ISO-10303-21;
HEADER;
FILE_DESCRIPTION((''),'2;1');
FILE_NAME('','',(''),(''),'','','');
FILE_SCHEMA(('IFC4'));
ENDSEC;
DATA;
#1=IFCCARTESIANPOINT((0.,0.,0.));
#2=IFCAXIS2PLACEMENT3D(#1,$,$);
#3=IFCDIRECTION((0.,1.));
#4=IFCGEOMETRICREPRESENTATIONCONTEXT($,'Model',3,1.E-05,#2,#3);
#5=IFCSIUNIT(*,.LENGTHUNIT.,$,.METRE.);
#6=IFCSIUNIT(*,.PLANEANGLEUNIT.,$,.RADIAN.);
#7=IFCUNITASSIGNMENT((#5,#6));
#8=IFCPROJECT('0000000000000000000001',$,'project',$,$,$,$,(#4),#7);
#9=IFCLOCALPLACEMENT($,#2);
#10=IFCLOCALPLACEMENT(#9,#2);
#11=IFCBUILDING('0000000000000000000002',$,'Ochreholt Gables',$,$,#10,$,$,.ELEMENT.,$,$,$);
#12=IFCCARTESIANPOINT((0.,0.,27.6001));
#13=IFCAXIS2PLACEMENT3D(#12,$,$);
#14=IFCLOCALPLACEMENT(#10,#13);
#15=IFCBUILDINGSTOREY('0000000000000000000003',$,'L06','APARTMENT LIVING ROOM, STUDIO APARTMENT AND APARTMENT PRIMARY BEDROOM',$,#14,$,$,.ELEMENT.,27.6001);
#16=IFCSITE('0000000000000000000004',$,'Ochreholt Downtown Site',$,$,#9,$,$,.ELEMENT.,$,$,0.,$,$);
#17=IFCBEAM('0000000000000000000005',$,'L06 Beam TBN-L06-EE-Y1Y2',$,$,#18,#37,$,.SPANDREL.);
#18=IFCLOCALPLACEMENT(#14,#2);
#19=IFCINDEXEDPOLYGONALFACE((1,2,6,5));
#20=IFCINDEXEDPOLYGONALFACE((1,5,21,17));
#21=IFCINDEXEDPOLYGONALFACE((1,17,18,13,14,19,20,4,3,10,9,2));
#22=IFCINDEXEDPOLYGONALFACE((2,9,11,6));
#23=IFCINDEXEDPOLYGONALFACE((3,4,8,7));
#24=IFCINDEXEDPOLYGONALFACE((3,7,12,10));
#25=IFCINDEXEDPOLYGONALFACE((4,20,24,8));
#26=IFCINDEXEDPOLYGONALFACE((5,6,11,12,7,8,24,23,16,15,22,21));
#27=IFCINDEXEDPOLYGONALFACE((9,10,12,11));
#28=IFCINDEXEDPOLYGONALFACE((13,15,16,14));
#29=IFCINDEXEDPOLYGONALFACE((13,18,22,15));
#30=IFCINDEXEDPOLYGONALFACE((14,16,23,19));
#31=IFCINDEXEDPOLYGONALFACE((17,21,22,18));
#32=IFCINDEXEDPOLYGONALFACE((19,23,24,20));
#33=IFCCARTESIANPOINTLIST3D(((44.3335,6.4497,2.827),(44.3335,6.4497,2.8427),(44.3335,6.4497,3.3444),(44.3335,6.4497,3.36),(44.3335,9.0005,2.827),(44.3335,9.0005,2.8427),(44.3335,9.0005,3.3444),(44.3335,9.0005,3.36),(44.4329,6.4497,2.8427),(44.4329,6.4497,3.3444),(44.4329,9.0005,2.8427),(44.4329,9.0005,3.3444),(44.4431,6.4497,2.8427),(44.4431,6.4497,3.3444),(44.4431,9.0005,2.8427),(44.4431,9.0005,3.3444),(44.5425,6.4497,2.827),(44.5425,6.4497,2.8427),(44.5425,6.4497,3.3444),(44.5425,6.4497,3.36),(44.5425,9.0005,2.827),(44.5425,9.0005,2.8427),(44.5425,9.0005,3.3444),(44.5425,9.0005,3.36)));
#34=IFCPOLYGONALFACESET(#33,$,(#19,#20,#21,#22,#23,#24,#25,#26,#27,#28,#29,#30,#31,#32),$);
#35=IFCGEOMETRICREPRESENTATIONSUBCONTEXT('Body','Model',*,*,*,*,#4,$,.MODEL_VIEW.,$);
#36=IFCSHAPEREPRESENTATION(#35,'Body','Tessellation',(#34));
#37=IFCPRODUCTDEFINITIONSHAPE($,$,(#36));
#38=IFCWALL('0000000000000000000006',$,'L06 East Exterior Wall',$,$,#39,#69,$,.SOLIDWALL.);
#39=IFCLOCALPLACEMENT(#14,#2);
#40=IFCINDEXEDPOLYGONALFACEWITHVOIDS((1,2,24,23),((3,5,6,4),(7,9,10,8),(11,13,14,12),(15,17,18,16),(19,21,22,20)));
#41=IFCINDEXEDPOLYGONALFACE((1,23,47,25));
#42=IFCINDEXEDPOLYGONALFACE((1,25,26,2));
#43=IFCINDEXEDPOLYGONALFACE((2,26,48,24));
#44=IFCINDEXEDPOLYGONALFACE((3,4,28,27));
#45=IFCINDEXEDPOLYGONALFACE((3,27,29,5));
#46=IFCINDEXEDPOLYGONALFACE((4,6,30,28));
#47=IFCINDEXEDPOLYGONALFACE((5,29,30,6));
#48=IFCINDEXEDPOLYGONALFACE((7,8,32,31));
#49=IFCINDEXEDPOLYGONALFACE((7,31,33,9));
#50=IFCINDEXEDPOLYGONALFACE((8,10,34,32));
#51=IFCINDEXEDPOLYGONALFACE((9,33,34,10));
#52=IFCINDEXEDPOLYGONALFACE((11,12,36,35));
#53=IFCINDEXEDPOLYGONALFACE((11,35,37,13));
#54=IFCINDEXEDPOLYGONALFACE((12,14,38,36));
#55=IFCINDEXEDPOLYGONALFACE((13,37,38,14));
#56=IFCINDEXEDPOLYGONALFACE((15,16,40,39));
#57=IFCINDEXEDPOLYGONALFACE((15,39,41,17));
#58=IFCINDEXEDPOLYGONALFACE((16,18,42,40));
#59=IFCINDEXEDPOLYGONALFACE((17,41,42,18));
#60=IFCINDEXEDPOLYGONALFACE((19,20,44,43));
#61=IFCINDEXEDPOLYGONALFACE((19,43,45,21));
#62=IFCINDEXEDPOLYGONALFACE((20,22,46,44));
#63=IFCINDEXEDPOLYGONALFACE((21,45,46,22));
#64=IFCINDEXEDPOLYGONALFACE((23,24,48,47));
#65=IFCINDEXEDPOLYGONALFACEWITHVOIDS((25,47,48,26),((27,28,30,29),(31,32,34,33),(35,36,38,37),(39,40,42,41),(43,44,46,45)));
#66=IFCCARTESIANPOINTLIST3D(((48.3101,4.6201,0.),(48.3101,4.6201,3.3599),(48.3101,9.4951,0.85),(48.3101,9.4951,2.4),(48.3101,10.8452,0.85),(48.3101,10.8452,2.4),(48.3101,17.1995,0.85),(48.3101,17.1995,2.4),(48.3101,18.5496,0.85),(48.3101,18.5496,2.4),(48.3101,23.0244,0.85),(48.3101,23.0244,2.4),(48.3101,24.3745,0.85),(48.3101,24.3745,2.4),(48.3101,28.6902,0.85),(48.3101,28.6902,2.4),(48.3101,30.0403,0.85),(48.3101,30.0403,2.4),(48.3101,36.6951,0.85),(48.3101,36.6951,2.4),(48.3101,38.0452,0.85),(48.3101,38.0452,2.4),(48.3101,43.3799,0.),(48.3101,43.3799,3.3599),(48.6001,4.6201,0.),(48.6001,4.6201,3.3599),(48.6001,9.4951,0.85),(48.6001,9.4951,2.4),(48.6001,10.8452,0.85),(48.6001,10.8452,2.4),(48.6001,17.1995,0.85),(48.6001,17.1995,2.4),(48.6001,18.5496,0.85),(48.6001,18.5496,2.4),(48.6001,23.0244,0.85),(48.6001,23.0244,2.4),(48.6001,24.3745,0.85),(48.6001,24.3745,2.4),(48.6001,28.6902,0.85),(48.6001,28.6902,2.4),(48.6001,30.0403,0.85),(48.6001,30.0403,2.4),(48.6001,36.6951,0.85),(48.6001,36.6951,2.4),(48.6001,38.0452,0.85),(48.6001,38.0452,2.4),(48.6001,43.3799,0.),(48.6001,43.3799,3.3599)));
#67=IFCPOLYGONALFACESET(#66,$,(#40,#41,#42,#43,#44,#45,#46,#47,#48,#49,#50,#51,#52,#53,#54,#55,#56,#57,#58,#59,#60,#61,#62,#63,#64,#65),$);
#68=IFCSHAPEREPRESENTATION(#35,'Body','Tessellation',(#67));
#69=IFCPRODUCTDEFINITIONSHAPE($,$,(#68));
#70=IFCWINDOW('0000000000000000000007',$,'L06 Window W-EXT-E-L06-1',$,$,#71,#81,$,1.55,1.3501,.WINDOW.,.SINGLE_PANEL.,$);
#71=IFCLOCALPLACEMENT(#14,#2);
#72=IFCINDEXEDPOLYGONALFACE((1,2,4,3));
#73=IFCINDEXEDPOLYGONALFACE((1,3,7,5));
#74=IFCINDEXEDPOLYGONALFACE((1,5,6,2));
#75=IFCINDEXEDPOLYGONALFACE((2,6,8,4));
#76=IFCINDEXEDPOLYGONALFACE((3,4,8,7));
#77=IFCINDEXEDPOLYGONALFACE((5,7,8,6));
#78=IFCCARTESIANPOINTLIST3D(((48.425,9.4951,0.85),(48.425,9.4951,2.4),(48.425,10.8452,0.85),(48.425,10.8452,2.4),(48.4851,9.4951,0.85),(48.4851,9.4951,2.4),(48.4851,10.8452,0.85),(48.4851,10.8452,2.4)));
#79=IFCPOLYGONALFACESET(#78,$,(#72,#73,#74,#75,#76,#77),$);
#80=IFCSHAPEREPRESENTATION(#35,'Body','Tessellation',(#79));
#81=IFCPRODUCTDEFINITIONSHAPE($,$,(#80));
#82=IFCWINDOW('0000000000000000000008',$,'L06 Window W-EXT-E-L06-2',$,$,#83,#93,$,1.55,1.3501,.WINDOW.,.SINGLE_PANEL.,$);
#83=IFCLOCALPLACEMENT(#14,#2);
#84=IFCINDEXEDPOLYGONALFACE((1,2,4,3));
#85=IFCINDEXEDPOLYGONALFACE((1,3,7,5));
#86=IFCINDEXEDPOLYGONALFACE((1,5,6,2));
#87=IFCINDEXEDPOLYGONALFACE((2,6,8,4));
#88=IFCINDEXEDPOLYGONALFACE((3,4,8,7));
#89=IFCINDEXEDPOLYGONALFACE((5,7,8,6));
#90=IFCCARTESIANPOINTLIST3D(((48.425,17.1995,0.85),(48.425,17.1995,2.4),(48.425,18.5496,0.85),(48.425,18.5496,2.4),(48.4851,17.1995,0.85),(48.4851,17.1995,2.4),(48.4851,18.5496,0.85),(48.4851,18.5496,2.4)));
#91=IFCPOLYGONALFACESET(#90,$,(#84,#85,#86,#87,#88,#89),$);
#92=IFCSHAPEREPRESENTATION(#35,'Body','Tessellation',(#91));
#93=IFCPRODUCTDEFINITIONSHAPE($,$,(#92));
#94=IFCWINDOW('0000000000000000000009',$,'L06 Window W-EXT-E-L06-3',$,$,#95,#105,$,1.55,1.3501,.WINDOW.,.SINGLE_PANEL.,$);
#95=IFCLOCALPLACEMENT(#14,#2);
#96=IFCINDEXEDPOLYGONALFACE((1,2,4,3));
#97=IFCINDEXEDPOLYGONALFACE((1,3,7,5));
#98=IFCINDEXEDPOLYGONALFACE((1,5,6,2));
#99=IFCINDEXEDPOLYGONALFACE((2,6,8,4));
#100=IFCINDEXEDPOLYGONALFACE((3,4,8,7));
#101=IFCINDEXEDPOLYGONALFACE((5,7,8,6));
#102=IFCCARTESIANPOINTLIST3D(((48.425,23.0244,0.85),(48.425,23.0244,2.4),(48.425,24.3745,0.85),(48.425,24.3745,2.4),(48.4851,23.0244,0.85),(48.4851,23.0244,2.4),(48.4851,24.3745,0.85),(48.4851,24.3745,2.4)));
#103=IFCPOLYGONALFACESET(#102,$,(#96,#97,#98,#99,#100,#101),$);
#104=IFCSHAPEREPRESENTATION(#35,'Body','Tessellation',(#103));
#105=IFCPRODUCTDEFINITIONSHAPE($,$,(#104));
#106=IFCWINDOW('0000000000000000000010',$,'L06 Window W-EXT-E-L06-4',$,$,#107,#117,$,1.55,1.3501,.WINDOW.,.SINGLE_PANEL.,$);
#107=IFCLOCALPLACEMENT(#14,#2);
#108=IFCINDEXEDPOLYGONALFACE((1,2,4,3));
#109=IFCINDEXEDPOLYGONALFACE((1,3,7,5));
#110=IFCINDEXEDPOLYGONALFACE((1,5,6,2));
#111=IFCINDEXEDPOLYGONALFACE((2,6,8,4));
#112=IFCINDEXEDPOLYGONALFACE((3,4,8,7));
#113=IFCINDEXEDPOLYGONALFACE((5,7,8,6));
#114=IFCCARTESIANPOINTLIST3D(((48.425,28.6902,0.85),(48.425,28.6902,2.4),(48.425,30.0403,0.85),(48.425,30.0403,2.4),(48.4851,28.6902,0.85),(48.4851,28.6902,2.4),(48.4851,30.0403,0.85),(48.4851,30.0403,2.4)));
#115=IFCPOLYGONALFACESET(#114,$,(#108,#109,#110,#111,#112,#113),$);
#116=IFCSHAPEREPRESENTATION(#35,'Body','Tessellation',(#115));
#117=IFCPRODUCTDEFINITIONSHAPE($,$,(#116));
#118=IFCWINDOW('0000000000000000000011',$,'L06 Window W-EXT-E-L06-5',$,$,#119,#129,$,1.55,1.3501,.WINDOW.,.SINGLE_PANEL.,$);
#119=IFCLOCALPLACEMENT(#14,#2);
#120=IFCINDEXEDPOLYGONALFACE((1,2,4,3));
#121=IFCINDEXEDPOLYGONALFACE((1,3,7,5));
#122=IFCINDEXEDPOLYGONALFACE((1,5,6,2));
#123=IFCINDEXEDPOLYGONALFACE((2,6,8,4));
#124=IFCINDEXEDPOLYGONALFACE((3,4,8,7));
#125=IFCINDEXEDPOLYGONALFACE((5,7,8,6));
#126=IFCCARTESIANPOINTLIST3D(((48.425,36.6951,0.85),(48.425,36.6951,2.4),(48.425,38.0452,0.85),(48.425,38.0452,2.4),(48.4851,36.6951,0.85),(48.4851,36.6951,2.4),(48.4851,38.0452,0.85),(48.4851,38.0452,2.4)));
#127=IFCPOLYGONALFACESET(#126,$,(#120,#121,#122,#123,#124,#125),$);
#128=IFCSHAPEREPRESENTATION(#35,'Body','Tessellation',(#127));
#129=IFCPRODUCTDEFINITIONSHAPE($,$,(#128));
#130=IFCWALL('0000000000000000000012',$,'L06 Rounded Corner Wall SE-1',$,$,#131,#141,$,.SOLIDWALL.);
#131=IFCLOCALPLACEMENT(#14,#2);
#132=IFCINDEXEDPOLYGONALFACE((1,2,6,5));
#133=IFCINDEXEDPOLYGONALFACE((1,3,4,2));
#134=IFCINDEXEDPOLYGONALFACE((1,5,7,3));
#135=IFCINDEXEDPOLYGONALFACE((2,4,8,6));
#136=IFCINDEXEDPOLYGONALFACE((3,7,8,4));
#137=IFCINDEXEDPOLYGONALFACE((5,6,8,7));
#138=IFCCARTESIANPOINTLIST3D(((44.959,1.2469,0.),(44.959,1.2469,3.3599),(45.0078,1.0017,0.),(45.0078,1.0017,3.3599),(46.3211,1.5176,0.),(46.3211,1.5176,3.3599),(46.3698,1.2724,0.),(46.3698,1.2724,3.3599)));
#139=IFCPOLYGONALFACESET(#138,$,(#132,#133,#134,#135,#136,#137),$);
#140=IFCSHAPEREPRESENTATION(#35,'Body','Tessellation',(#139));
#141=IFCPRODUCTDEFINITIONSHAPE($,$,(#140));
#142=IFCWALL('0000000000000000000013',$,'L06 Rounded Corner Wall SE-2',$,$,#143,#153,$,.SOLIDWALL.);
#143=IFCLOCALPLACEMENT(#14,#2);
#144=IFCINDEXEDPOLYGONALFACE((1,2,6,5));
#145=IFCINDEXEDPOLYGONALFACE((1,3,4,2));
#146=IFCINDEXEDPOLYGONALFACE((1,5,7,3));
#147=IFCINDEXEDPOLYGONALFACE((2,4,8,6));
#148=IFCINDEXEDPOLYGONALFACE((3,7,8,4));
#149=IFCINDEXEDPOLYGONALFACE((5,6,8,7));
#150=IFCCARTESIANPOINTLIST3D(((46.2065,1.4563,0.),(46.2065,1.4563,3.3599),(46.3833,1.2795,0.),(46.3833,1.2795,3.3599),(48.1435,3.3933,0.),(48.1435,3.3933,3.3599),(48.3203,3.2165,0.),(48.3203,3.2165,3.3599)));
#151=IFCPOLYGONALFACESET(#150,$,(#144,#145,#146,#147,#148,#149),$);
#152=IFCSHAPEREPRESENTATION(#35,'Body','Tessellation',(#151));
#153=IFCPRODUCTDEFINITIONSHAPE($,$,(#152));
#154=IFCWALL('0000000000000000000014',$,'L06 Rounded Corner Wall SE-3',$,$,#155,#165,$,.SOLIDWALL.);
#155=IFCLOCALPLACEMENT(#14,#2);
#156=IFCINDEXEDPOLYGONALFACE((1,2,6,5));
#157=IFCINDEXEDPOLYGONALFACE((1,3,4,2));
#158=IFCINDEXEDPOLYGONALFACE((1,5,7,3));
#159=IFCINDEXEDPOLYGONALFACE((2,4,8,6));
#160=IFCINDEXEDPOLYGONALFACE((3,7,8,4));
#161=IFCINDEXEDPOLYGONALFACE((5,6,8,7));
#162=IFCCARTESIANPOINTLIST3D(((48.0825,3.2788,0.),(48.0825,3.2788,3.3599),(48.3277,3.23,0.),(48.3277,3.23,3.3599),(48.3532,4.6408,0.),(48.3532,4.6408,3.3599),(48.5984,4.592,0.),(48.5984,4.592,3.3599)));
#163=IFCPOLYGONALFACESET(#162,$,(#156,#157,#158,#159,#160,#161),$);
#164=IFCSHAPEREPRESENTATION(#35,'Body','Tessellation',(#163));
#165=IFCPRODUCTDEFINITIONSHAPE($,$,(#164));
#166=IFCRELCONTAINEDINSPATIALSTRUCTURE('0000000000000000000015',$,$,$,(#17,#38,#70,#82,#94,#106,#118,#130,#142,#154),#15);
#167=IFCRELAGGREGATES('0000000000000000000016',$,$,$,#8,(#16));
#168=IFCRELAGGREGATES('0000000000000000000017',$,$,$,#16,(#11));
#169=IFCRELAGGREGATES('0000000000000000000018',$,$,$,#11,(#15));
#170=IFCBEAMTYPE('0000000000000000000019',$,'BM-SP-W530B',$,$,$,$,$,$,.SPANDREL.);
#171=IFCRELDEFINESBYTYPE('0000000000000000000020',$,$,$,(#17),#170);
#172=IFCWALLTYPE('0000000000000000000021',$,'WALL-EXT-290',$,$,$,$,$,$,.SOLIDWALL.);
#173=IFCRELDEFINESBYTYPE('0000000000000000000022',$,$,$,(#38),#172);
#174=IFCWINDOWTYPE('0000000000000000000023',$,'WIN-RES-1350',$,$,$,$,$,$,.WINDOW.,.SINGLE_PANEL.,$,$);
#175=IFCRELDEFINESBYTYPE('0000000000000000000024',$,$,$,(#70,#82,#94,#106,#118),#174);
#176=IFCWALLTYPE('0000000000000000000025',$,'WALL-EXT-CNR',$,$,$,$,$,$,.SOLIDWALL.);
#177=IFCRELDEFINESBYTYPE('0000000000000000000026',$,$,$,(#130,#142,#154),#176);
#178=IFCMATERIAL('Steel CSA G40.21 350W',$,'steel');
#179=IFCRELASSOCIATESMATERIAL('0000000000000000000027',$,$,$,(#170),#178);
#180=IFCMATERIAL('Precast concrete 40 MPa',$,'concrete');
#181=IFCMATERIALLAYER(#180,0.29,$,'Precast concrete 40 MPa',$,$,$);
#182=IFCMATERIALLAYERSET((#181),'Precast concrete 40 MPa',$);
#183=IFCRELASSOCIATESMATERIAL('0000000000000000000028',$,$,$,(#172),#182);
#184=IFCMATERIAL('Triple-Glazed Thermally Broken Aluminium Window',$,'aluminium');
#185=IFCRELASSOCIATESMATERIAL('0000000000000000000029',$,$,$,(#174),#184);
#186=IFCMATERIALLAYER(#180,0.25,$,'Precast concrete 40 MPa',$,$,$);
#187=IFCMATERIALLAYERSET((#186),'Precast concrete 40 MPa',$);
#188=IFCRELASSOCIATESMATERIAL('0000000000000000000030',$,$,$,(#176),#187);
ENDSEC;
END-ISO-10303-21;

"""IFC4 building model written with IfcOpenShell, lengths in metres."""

from ifc_helpers import new_model, si_unit, direction, frame, frame_2d, origin, origin_2d, place, context, subcontext, project, spatial, rectangle, i_section, extrude, material, layer, layer_set, material_profile, profile_set, type_object, element, fill, save


model = new_model("IFC4")

# Units and contexts
model_context = context("Model", 3, precision=1e-05, world=origin(), true_north=direction((0.0, 1.0)))
body_context = subcontext(model_context, "Body", "Model", "MODEL_VIEW")
ifc_project = project(units=[si_unit("LENGTHUNIT", "METRE"), si_unit("PLANEANGLEUNIT", "RADIAN")], contexts=[model_context])

# Site, building, storey
site_placement = place(None, origin())
site = spatial("IfcSite", under=ifc_project, at=site_placement, Name="Ochreholt Downtown Site", CompositionType="ELEMENT", RefElevation=0.0)
building_placement = place(site_placement, origin())
building = spatial("IfcBuilding", under=site, at=building_placement, Name="Ochreholt Gables", CompositionType="ELEMENT")
storey_placement = place(building_placement, frame((0.0, 0.0, 27.6001)))
storey = spatial("IfcBuildingStorey", under=building, at=storey_placement, Name="L06", Description="APARTMENT LIVING ROOM, STUDIO APARTMENT AND APARTMENT PRIMARY BEDROOM", CompositionType="ELEMENT", Elevation=27.6001)

# Shared definitions
ifc_material_1 = material(Name="Steel CSA G40.21 350W", Category="steel")

# Beam
ifc_material_profile_1 = material_profile(ifc_material_1, i_section(OverallWidth=0.209, OverallDepth=0.533, WebThickness=0.0103, FlangeThickness=0.0156, at=origin_2d()), Name="W530X92")
ifc_profile_set_1 = profile_set([ifc_material_profile_1], Name="Steel CSA G40.21 350W")
beam_type_1 = type_object("IfcBeamType", Name="BM-SP-W530B", PredefinedType="SPANDREL", material=ifc_profile_set_1)
beam_1_placement = place(storey_placement, frame((44.438, 6.4497, 3.0935), z_axis=(0.0, 1.0, 0.0), x_axis=(-1.0, 0.0, 0.0)))
element("IfcBeam", 1, at=beam_1_placement, inside=storey, type_object=beam_type_1, Name="L06 Beam TBN-L06-EE-Y1Y2", PredefinedType="SPANDREL", context=body_context, shape_type="SweptSolid", body=[
    extrude(i_section(OverallWidth=0.209, OverallDepth=0.533, WebThickness=0.0103, FlangeThickness=0.0156, at=origin_2d()), origin(), (0.0, 0.0, 1.0), 2.5508),
])

# Wall, openings, windows
ifc_material_2 = material(Name="Precast concrete 40 MPa", Category="concrete")
ifc_layer_1 = layer(ifc_material_2, 0.29, Name="Precast concrete 40 MPa")
ifc_layer_set_1 = layer_set([ifc_layer_1], Name="Precast concrete 40 MPa")
wall_type_1 = type_object("IfcWallType", Name="WALL-EXT-290", PredefinedType="SOLIDWALL", material=ifc_layer_set_1)
wall_1_placement = place(storey_placement, frame((48.4551, 4.6201, 0.0), z_axis=(0.0, 0.0, 1.0), x_axis=(0.0, 1.0, 0.0)))
wall_1 = element("IfcWall", 2, at=wall_1_placement, inside=storey, type_object=wall_type_1, Name="L06 East Exterior Wall", PredefinedType="SOLIDWALL", context=body_context, shape_type="SweptSolid", body=[
    extrude(rectangle(XDim=38.7598, YDim=0.29, at=frame_2d((19.3799, 0.0))), origin(), (0.0, 0.0, 1.0), 3.3599),
])
opening_1_placement = place(wall_1_placement, frame((4.875, 0.0, 0.8501)))
opening_1 = element("IfcOpeningElement", 3, at=opening_1_placement, cuts=wall_1, PredefinedType="OPENING", context=body_context, shape_type="SweptSolid", body=[
    extrude(rectangle(XDim=1.3501, YDim=1.55, at=frame_2d((0.675, 0.7749))), frame((0.0, 0.155, 0.0), z_axis=(0.0, -1.0, 0.0), x_axis=(1.0, 0.0, 0.0)), (0.0, 0.0, 1.0), 0.3101),
])
opening_2_placement = place(wall_1_placement, frame((12.5793, 0.0, 0.8501)))
opening_2 = element("IfcOpeningElement", 4, at=opening_2_placement, cuts=wall_1, PredefinedType="OPENING", context=body_context, shape_type="SweptSolid", body=[
    extrude(rectangle(XDim=1.3501, YDim=1.55, at=frame_2d((0.675, 0.7749))), frame((0.0, 0.155, 0.0), z_axis=(0.0, -1.0, 0.0), x_axis=(1.0, 0.0, 0.0)), (0.0, 0.0, 1.0), 0.3101),
])
opening_3_placement = place(wall_1_placement, frame((18.4043, 0.0, 0.8501)))
opening_3 = element("IfcOpeningElement", 5, at=opening_3_placement, cuts=wall_1, PredefinedType="OPENING", context=body_context, shape_type="SweptSolid", body=[
    extrude(rectangle(XDim=1.3501, YDim=1.55, at=frame_2d((0.675, 0.7749))), frame((0.0, 0.155, 0.0), z_axis=(0.0, -1.0, 0.0), x_axis=(1.0, 0.0, 0.0)), (0.0, 0.0, 1.0), 0.3101),
])
opening_4_placement = place(wall_1_placement, frame((24.0701, 0.0, 0.8501)))
opening_4 = element("IfcOpeningElement", 6, at=opening_4_placement, cuts=wall_1, PredefinedType="OPENING", context=body_context, shape_type="SweptSolid", body=[
    extrude(rectangle(XDim=1.3501, YDim=1.55, at=frame_2d((0.675, 0.7749))), frame((0.0, 0.155, 0.0), z_axis=(0.0, -1.0, 0.0), x_axis=(1.0, 0.0, 0.0)), (0.0, 0.0, 1.0), 0.3101),
])
opening_5_placement = place(wall_1_placement, frame((32.075, 0.0, 0.8501)))
opening_5 = element("IfcOpeningElement", 7, at=opening_5_placement, cuts=wall_1, PredefinedType="OPENING", context=body_context, shape_type="SweptSolid", body=[
    extrude(rectangle(XDim=1.3501, YDim=1.55, at=frame_2d((0.675, 0.7749))), frame((0.0, 0.155, 0.0), z_axis=(0.0, -1.0, 0.0), x_axis=(1.0, 0.0, 0.0)), (0.0, 0.0, 1.0), 0.3101),
])
ifc_material_3 = material(Name="Triple-Glazed Thermally Broken Aluminium Window", Category="aluminium")
window_type = type_object("IfcWindowType", Name="WIN-RES-1350", PartitioningType="SINGLE_PANEL", PredefinedType="WINDOW", material=ifc_material_3)
window_1_placement = place(opening_1_placement, origin())
window_1 = element("IfcWindow", 8, at=window_1_placement, inside=storey, type_object=window_type, Name="L06 Window W-EXT-E-L06-1", OverallHeight=1.55, OverallWidth=1.3501, PartitioningType="SINGLE_PANEL", PredefinedType="WINDOW", context=body_context, shape_type="SweptSolid", body=[
    extrude(rectangle(XDim=1.3501, YDim=1.55, at=frame_2d((0.675, 0.7749))), frame((0.0, 0.03, 0.0), z_axis=(0.0, -1.0, 0.0), x_axis=(1.0, 0.0, 0.0)), (0.0, 0.0, 1.0), 0.0601),
])
fill(opening_1, window_1)
window_2_placement = place(opening_2_placement, origin())
window_2 = element("IfcWindow", 9, at=window_2_placement, inside=storey, type_object=window_type, Name="L06 Window W-EXT-E-L06-2", OverallHeight=1.55, OverallWidth=1.3501, PartitioningType="SINGLE_PANEL", PredefinedType="WINDOW", context=body_context, shape_type="SweptSolid", body=[
    extrude(rectangle(XDim=1.3501, YDim=1.55, at=frame_2d((0.675, 0.7749))), frame((0.0, 0.03, 0.0), z_axis=(0.0, -1.0, 0.0), x_axis=(1.0, 0.0, 0.0)), (0.0, 0.0, 1.0), 0.0601),
])
fill(opening_2, window_2)
window_3_placement = place(opening_3_placement, origin())
window_3 = element("IfcWindow", 10, at=window_3_placement, inside=storey, type_object=window_type, Name="L06 Window W-EXT-E-L06-3", OverallHeight=1.55, OverallWidth=1.3501, PartitioningType="SINGLE_PANEL", PredefinedType="WINDOW", context=body_context, shape_type="SweptSolid", body=[
    extrude(rectangle(XDim=1.3501, YDim=1.55, at=frame_2d((0.675, 0.7749))), frame((0.0, 0.03, 0.0), z_axis=(0.0, -1.0, 0.0), x_axis=(1.0, 0.0, 0.0)), (0.0, 0.0, 1.0), 0.0601),
])
fill(opening_3, window_3)
window_4_placement = place(opening_4_placement, origin())
window_4 = element("IfcWindow", 11, at=window_4_placement, inside=storey, type_object=window_type, Name="L06 Window W-EXT-E-L06-4", OverallHeight=1.55, OverallWidth=1.3501, PartitioningType="SINGLE_PANEL", PredefinedType="WINDOW", context=body_context, shape_type="SweptSolid", body=[
    extrude(rectangle(XDim=1.3501, YDim=1.55, at=frame_2d((0.675, 0.7749))), frame((0.0, 0.03, 0.0), z_axis=(0.0, -1.0, 0.0), x_axis=(1.0, 0.0, 0.0)), (0.0, 0.0, 1.0), 0.0601),
])
fill(opening_4, window_4)
window_5_placement = place(opening_5_placement, origin())
window_5 = element("IfcWindow", 12, at=window_5_placement, inside=storey, type_object=window_type, Name="L06 Window W-EXT-E-L06-5", OverallHeight=1.55, OverallWidth=1.3501, PartitioningType="SINGLE_PANEL", PredefinedType="WINDOW", context=body_context, shape_type="SweptSolid", body=[
    extrude(rectangle(XDim=1.3501, YDim=1.55, at=frame_2d((0.675, 0.7749))), frame((0.0, 0.03, 0.0), z_axis=(0.0, -1.0, 0.0), x_axis=(1.0, 0.0, 0.0)), (0.0, 0.0, 1.0), 0.0601),
])
fill(opening_5, window_5)

# Walls
ifc_layer_2 = layer(ifc_material_2, 0.25, Name="Precast concrete 40 MPa")
ifc_layer_set_2 = layer_set([ifc_layer_2], Name="Precast concrete 40 MPa")
wall_type_2 = type_object("IfcWallType", Name="WALL-EXT-CNR", PredefinedType="SOLIDWALL", material=ifc_layer_set_2)
wall_2_placement = place(storey_placement, frame((44.9834, 1.1243, 0.0), z_axis=(0.0, 0.0, 1.0), x_axis=(0.98081, 0.194967, 0.0)))
element("IfcWall", 13, at=wall_2_placement, inside=storey, type_object=wall_type_2, Name="L06 Rounded Corner Wall SE-1", PredefinedType="SOLIDWALL", context=body_context, shape_type="SweptSolid", body=[
    extrude(rectangle(XDim=1.3887, YDim=0.25, at=frame_2d((0.6943, 0.0))), origin(), (0.0, 0.0, 1.0), 3.3599),
])
wall_3_placement = place(storey_placement, frame((46.2949, 1.3679, 0.0), z_axis=(0.0, 0.0, 1.0), x_axis=(0.707107, 0.707107, 0.0)))
element("IfcWall", 14, at=wall_3_placement, inside=storey, type_object=wall_type_2, Name="L06 Rounded Corner Wall SE-2", PredefinedType="SOLIDWALL", context=body_context, shape_type="SweptSolid", body=[
    extrude(rectangle(XDim=2.7393, YDim=0.25, at=frame_2d((1.3696, 0.0))), origin(), (0.0, 0.0, 1.0), 3.3599),
])
wall_4_placement = place(storey_placement, frame((48.2051, 3.2544, 0.0), z_axis=(0.0, 0.0, 1.0), x_axis=(0.194967, 0.98081, 0.0)))
element("IfcWall", 15, at=wall_4_placement, inside=storey, type_object=wall_type_2, Name="L06 Rounded Corner Wall SE-3", PredefinedType="SOLIDWALL", context=body_context, shape_type="SweptSolid", body=[
    extrude(rectangle(XDim=1.3887, YDim=0.25, at=frame_2d((0.6943, 0.0))), origin(), (0.0, 0.0, 1.0), 3.3599),
])

save(model, "model.ifc")
